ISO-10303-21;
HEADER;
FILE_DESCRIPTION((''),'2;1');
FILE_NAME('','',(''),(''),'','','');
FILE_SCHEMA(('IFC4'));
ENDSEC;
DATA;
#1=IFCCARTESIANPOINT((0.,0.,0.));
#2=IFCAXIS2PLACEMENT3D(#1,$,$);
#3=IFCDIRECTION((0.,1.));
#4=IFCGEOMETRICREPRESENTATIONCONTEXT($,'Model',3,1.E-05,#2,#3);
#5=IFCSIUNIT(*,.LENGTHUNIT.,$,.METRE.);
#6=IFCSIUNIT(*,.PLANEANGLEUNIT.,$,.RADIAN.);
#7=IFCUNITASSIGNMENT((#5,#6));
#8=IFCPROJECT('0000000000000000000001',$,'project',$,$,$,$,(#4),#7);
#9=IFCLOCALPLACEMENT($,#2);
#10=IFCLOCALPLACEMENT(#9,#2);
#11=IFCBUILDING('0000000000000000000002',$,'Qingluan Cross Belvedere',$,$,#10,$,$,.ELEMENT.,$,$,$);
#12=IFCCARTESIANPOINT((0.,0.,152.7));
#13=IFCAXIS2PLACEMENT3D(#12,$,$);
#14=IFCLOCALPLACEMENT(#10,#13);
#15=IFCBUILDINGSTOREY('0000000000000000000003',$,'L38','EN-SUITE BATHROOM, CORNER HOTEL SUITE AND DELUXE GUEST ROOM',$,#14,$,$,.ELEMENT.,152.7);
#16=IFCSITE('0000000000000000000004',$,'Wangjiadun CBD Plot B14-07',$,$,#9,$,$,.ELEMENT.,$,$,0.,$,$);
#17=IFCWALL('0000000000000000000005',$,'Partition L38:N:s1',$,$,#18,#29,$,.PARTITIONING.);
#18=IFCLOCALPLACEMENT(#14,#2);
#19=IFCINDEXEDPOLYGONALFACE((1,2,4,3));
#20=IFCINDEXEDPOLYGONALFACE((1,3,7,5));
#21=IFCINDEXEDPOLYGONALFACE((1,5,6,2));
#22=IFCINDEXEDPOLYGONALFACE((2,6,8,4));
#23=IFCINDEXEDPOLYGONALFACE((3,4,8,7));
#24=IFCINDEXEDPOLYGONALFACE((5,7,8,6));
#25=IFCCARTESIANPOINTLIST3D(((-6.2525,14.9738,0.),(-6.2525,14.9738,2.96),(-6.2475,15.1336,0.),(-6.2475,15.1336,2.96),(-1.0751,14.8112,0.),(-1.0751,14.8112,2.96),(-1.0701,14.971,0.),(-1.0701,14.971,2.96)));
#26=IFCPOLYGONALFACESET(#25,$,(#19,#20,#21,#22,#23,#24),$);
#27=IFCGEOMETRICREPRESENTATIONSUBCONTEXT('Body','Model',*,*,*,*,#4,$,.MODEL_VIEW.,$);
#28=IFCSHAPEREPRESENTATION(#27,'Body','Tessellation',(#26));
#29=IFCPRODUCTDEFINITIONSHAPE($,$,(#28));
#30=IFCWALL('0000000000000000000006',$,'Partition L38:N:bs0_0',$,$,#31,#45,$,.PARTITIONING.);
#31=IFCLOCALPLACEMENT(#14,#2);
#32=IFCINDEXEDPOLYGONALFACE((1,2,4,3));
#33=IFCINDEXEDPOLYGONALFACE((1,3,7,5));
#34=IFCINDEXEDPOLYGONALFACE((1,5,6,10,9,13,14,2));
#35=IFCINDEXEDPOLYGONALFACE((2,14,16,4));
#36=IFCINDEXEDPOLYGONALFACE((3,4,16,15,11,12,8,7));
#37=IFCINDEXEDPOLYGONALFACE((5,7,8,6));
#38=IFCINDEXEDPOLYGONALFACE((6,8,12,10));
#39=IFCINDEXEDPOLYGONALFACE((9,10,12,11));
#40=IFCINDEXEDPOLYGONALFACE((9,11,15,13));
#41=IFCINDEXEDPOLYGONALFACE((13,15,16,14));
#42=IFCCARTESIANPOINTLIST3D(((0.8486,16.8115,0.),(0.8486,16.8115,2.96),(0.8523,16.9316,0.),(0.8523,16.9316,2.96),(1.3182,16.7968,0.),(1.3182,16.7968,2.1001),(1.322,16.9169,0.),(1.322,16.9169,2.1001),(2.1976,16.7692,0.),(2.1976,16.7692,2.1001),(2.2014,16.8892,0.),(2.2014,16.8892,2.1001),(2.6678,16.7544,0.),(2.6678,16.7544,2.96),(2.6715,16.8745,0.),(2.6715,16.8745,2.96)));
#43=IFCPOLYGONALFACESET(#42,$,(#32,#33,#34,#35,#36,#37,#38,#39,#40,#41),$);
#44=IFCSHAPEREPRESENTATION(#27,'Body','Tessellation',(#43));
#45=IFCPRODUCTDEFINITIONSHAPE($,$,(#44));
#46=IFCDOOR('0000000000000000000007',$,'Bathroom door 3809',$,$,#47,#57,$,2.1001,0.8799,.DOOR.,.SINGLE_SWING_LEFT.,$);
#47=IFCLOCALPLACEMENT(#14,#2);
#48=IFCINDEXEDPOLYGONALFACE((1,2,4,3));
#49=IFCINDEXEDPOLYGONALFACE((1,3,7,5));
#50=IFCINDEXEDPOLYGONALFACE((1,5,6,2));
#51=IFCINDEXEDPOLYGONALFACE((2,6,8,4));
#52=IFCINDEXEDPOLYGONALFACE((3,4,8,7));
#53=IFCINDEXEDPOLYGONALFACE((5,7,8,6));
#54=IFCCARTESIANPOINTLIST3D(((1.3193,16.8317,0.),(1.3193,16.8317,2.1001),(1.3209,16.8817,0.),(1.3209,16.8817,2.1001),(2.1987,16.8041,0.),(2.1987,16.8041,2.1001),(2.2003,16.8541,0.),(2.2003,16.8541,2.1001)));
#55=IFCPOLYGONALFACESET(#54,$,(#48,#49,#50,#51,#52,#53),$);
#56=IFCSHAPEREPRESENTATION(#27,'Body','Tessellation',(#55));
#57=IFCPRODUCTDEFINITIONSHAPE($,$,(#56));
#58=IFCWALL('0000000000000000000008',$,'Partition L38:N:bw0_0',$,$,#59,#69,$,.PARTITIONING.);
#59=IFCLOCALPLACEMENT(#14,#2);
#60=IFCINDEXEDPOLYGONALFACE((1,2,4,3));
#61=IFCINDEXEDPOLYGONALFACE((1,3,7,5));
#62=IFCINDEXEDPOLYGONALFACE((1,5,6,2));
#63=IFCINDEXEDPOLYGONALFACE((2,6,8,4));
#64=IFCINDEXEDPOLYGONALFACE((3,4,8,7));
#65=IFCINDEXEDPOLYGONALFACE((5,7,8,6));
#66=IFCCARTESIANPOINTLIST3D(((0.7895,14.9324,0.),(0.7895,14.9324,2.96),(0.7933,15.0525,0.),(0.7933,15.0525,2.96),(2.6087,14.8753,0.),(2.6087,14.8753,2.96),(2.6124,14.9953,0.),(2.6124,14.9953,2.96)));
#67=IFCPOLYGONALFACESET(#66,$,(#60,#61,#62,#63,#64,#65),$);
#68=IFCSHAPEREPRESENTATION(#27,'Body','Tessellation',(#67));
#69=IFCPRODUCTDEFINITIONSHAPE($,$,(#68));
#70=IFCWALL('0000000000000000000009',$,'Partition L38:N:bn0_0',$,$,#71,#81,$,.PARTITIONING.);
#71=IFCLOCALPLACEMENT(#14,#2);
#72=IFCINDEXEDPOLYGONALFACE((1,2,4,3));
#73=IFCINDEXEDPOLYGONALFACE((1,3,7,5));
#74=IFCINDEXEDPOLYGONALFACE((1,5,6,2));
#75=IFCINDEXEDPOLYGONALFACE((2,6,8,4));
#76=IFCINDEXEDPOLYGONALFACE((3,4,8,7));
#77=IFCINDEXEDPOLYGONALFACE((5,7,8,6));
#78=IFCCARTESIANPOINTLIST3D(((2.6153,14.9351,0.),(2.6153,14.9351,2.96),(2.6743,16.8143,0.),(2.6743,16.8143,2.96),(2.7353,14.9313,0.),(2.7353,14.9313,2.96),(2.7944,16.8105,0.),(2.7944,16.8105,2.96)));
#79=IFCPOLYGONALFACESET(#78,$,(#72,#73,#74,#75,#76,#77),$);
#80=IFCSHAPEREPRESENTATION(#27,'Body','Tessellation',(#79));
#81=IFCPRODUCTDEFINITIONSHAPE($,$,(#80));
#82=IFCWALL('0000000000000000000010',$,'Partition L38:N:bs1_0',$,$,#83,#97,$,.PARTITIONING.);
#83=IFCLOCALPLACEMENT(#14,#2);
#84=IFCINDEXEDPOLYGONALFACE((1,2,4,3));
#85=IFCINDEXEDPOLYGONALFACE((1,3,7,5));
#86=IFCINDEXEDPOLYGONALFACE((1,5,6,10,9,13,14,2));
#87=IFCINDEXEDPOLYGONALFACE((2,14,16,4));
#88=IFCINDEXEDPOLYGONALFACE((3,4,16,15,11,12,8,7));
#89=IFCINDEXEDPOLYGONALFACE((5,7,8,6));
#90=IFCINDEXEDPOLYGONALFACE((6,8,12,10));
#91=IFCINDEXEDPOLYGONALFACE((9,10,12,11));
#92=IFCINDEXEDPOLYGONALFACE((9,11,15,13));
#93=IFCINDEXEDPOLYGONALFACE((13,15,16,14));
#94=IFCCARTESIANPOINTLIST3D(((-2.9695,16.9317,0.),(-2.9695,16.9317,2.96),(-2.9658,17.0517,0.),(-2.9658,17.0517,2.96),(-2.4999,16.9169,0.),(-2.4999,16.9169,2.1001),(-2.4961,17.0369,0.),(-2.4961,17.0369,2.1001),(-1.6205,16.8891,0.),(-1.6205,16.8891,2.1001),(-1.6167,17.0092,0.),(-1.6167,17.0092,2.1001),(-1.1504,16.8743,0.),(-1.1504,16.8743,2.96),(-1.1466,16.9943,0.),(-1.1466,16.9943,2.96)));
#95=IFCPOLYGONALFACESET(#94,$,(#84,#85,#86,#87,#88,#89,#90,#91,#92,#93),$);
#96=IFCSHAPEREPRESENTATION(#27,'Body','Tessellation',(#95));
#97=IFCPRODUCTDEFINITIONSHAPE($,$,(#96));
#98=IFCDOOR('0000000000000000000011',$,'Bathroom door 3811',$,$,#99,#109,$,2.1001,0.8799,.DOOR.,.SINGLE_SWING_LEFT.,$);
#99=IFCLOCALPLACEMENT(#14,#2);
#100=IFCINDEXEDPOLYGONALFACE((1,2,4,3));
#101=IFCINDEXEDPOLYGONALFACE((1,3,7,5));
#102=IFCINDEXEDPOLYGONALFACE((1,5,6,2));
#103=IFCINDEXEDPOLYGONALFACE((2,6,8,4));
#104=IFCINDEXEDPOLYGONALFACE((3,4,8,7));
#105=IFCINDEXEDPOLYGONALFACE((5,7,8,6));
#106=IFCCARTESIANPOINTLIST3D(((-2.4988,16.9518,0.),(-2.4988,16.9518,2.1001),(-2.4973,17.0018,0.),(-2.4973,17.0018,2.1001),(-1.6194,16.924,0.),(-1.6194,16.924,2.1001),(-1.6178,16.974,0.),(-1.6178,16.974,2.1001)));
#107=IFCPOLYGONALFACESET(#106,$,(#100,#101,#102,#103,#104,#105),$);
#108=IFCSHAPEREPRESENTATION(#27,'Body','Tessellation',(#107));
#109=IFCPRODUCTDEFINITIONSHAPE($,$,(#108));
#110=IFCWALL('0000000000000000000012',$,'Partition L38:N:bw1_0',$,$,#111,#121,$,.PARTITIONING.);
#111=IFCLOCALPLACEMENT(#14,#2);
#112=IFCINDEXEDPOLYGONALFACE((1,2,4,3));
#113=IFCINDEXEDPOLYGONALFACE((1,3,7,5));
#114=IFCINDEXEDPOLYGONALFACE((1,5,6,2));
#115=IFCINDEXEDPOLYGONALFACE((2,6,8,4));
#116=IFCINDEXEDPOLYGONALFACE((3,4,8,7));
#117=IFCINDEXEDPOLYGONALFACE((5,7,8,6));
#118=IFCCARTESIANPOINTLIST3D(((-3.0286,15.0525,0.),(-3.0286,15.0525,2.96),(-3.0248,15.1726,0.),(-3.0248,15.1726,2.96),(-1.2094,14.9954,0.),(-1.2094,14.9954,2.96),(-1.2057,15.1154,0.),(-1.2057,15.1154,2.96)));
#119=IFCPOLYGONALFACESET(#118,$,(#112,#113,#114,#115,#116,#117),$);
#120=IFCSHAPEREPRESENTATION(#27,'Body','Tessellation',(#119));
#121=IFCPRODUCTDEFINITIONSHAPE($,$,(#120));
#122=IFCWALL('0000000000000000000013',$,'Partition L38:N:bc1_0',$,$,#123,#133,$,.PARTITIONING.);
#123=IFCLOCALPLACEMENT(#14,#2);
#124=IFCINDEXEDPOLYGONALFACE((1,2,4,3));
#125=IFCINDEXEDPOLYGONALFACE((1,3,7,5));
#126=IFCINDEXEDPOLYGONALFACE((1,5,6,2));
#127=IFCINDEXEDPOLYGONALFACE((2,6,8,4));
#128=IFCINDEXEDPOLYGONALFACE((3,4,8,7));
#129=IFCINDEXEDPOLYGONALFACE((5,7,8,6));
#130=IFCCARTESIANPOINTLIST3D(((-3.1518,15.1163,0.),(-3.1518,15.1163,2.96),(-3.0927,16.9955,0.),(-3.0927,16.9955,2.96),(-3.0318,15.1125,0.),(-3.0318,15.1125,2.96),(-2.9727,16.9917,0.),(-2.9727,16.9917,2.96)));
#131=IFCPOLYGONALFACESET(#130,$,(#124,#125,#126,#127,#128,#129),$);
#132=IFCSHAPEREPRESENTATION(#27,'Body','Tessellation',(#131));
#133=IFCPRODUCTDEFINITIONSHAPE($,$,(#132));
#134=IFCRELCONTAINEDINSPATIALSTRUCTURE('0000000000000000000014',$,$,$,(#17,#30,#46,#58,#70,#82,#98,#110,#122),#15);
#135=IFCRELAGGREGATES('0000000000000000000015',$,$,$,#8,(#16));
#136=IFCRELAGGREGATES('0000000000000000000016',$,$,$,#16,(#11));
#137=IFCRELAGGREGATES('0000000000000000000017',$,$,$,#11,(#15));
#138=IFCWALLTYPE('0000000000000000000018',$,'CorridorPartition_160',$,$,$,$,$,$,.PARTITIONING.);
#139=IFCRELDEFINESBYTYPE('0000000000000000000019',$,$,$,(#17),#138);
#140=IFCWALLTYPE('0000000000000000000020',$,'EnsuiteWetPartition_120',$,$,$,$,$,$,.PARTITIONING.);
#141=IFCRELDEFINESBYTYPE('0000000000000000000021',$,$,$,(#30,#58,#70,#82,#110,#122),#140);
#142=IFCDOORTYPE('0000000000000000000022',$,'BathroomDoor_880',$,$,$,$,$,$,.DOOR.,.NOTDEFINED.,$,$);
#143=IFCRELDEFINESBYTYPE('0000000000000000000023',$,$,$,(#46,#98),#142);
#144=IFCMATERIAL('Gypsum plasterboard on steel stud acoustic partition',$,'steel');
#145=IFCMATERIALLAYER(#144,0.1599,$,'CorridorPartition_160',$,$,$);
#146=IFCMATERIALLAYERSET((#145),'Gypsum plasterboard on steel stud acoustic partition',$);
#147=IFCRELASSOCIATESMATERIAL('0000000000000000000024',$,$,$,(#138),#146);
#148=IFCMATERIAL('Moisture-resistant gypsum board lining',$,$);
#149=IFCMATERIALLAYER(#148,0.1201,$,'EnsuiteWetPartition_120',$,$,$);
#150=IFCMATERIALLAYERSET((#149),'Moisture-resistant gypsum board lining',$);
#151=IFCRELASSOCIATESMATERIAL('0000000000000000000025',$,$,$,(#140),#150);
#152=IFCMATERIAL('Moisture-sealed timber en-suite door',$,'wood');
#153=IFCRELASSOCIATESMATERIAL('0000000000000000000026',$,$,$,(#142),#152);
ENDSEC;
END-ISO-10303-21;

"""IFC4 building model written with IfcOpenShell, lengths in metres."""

from ifc_helpers import new_model, si_unit, direction, frame, frame_2d, origin, place, context, subcontext, project, spatial, rectangle, extrude, material, layer, layer_set, type_object, element, fill, save


model = new_model("IFC4")

# Units and contexts
model_context = context("Model", 3, precision=1e-05, world=origin(), true_north=direction((0.0, 1.0)))
body_context = subcontext(model_context, "Body", "Model", "MODEL_VIEW")
ifc_project = project(units=[si_unit("LENGTHUNIT", "METRE"), si_unit("PLANEANGLEUNIT", "RADIAN")], contexts=[model_context])

# Site, building, storey
site_placement = place(None, origin())
site = spatial("IfcSite", under=ifc_project, at=site_placement, Name="Wangjiadun CBD Plot B14-07", CompositionType="ELEMENT", RefElevation=0.0)
building_placement = place(site_placement, origin())
building = spatial("IfcBuilding", under=site, at=building_placement, Name="Qingluan Cross Belvedere", CompositionType="ELEMENT")
storey_placement = place(building_placement, frame((0.0, 0.0, 152.7)))
storey = spatial("IfcBuildingStorey", under=building, at=storey_placement, Name="L38", Description="EN-SUITE BATHROOM, CORNER HOTEL SUITE AND DELUXE GUEST ROOM", CompositionType="ELEMENT", Elevation=152.7)

# Shared definitions
ifc_material_1 = material(Name="Gypsum plasterboard on steel stud acoustic partition", Category="steel")
ifc_layer_1 = layer(ifc_material_1, 0.1599, Name="CorridorPartition_160")
ifc_layer_set_1 = layer_set([ifc_layer_1], Name="Gypsum plasterboard on steel stud acoustic partition")
wall_type_1 = type_object("IfcWallType", Name="CorridorPartition_160", PredefinedType="PARTITIONING", material=ifc_layer_set_1)

# Wall
wall_1_placement = place(storey_placement, frame((-1.0728, 14.8911, 0.0), z_axis=(0.0, 0.0, 1.0), x_axis=(-0.999507, 0.031389, 0.0)))
element("IfcWall", 1, at=wall_1_placement, inside=storey, type_object=wall_type_1, Name="Partition L38:N:s1", PredefinedType="PARTITIONING", context=body_context, shape_type="SweptSolid", body=[
    extrude(rectangle(XDim=5.1799, YDim=0.1599, at=frame_2d((2.5898, 0.0))), origin(), (0.0, 0.0, 1.0), 2.96),
])

# Wall, opening, door
ifc_material_2 = material(Name="Moisture-resistant gypsum board lining")
ifc_layer_2 = layer(ifc_material_2, 0.1201, Name="EnsuiteWetPartition_120")
ifc_layer_set_2 = layer_set([ifc_layer_2], Name="Moisture-resistant gypsum board lining")
wall_type_2 = type_object("IfcWallType", Name="EnsuiteWetPartition_120", PredefinedType="PARTITIONING", material=ifc_layer_set_2)
wall_2_placement = place(storey_placement, frame((0.8503, 16.8716, 0.0), z_axis=(0.0, 0.0, 1.0), x_axis=(0.999507, -0.03139, 0.0)))
wall_2 = element("IfcWall", 2, at=wall_2_placement, inside=storey, type_object=wall_type_2, Name="Partition L38:N:bs0_0", PredefinedType="PARTITIONING", context=body_context, shape_type="SweptSolid", body=[
    extrude(rectangle(XDim=1.8201, YDim=0.1201, at=frame_2d((0.9102, 0.0))), origin(), (0.0, 0.0, 1.0), 2.96),
])
opening_1_placement = place(wall_2_placement, frame((0.47, 0.0, 0.0)))
opening_1 = element("IfcOpeningElement", 3, at=opening_1_placement, cuts=wall_2, PredefinedType="OPENING", context=body_context, shape_type="SweptSolid", body=[
    extrude(rectangle(XDim=0.8799, YDim=2.1001, at=frame_2d((0.4399, 1.05))), frame((0.0, 0.0701, 0.0), z_axis=(0.0, -1.0, 0.0), x_axis=(1.0, 0.0, 0.0)), (0.0, 0.0, 1.0), 0.1401),
])
ifc_material_3 = material(Name="Moisture-sealed timber en-suite door", Category="wood")
door_type_1 = type_object("IfcDoorType", Name="BathroomDoor_880", OperationType="NOTDEFINED", PredefinedType="DOOR", material=ifc_material_3)
door_1_placement = place(opening_1_placement, origin())
door_1 = element("IfcDoor", 4, at=door_1_placement, inside=storey, type_object=door_type_1, Name="Bathroom door 3809", OperationType="SINGLE_SWING_LEFT", OverallHeight=2.1001, OverallWidth=0.8799, PredefinedType="DOOR", context=body_context, shape_type="SweptSolid", body=[
    extrude(rectangle(XDim=0.8799, YDim=2.1001, at=frame_2d((0.4399, 1.05))), frame((0.0, 0.0249, 0.0), z_axis=(0.0, -1.0, 0.0), x_axis=(1.0, 0.0, 0.0)), (0.0, 0.0, 1.0), 0.05),
])
fill(opening_1, door_1)

# Walls
wall_3_placement = place(storey_placement, frame((0.7913, 14.9924, 0.0), z_axis=(0.0, 0.0, 1.0), x_axis=(0.999507, -0.03139, 0.0)))
element("IfcWall", 5, at=wall_3_placement, inside=storey, type_object=wall_type_2, Name="Partition L38:N:bw0_0", PredefinedType="PARTITIONING", context=body_context, shape_type="SweptSolid", body=[
    extrude(rectangle(XDim=1.8201, YDim=0.1201, at=frame_2d((0.9102, 0.0))), origin(), (0.0, 0.0, 1.0), 2.96),
])
wall_4_placement = place(storey_placement, frame((2.6753, 14.9333, 0.0), z_axis=(0.0, 0.0, 1.0), x_axis=(0.031425, 0.999506, 0.0)))
element("IfcWall", 6, at=wall_4_placement, inside=storey, type_object=wall_type_2, Name="Partition L38:N:bn0_0", PredefinedType="PARTITIONING", context=body_context, shape_type="SweptSolid", body=[
    extrude(rectangle(XDim=1.8801, YDim=0.1201, at=frame_2d((0.9399, 0.0))), origin(), (0.0, 0.0, 1.0), 2.96),
])

# Wall, opening, door
wall_5_placement = place(storey_placement, frame((-2.9678, 16.9917, 0.0), z_axis=(0.0, 0.0, 1.0), x_axis=(0.999503, -0.031524, 0.0)))
wall_5 = element("IfcWall", 7, at=wall_5_placement, inside=storey, type_object=wall_type_2, Name="Partition L38:N:bs1_0", PredefinedType="PARTITIONING", context=body_context, shape_type="SweptSolid", body=[
    extrude(rectangle(XDim=1.8201, YDim=0.1201, at=frame_2d((0.9102, 0.0))), origin(), (0.0, 0.0, 1.0), 2.96),
])
opening_2_placement = place(wall_5_placement, frame((0.47, 0.0, 0.0)))
opening_2 = element("IfcOpeningElement", 8, at=opening_2_placement, cuts=wall_5, PredefinedType="OPENING", context=body_context, shape_type="SweptSolid", body=[
    extrude(rectangle(XDim=0.8799, YDim=2.1001, at=frame_2d((0.4399, 1.05))), frame((0.0, 0.0701, 0.0), z_axis=(0.0, -1.0, 0.0), x_axis=(1.0, 0.0, 0.0)), (0.0, 0.0, 1.0), 0.1401),
])
door_2_placement = place(opening_2_placement, origin())
door_2 = element("IfcDoor", 9, at=door_2_placement, inside=storey, type_object=door_type_1, Name="Bathroom door 3811", OperationType="SINGLE_SWING_LEFT", OverallHeight=2.1001, OverallWidth=0.8799, PredefinedType="DOOR", context=body_context, shape_type="SweptSolid", body=[
    extrude(rectangle(XDim=0.8799, YDim=2.1001, at=frame_2d((0.4399, 1.05))), frame((0.0, 0.0249, 0.0), z_axis=(0.0, -1.0, 0.0), x_axis=(1.0, 0.0, 0.0)), (0.0, 0.0, 1.0), 0.05),
])
fill(opening_2, door_2)

# Walls
wall_6_placement = place(storey_placement, frame((-3.0269, 15.1125, 0.0), z_axis=(0.0, 0.0, 1.0), x_axis=(0.999507, -0.03139, 0.0)))
element("IfcWall", 10, at=wall_6_placement, inside=storey, type_object=wall_type_2, Name="Partition L38:N:bw1_0", PredefinedType="PARTITIONING", context=body_context, shape_type="SweptSolid", body=[
    extrude(rectangle(XDim=1.8201, YDim=0.1201, at=frame_2d((0.9102, 0.0))), origin(), (0.0, 0.0, 1.0), 2.96),
])
wall_7_placement = place(storey_placement, frame((-3.0918, 15.1145, 0.0), z_axis=(0.0, 0.0, 1.0), x_axis=(0.031425, 0.999506, 0.0)))
element("IfcWall", 11, at=wall_7_placement, inside=storey, type_object=wall_type_2, Name="Partition L38:N:bc1_0", PredefinedType="PARTITIONING", context=body_context, shape_type="SweptSolid", body=[
    extrude(rectangle(XDim=1.8801, YDim=0.1201, at=frame_2d((0.9399, 0.0))), origin(), (0.0, 0.0, 1.0), 2.96),
])

save(model, "model.ifc")
